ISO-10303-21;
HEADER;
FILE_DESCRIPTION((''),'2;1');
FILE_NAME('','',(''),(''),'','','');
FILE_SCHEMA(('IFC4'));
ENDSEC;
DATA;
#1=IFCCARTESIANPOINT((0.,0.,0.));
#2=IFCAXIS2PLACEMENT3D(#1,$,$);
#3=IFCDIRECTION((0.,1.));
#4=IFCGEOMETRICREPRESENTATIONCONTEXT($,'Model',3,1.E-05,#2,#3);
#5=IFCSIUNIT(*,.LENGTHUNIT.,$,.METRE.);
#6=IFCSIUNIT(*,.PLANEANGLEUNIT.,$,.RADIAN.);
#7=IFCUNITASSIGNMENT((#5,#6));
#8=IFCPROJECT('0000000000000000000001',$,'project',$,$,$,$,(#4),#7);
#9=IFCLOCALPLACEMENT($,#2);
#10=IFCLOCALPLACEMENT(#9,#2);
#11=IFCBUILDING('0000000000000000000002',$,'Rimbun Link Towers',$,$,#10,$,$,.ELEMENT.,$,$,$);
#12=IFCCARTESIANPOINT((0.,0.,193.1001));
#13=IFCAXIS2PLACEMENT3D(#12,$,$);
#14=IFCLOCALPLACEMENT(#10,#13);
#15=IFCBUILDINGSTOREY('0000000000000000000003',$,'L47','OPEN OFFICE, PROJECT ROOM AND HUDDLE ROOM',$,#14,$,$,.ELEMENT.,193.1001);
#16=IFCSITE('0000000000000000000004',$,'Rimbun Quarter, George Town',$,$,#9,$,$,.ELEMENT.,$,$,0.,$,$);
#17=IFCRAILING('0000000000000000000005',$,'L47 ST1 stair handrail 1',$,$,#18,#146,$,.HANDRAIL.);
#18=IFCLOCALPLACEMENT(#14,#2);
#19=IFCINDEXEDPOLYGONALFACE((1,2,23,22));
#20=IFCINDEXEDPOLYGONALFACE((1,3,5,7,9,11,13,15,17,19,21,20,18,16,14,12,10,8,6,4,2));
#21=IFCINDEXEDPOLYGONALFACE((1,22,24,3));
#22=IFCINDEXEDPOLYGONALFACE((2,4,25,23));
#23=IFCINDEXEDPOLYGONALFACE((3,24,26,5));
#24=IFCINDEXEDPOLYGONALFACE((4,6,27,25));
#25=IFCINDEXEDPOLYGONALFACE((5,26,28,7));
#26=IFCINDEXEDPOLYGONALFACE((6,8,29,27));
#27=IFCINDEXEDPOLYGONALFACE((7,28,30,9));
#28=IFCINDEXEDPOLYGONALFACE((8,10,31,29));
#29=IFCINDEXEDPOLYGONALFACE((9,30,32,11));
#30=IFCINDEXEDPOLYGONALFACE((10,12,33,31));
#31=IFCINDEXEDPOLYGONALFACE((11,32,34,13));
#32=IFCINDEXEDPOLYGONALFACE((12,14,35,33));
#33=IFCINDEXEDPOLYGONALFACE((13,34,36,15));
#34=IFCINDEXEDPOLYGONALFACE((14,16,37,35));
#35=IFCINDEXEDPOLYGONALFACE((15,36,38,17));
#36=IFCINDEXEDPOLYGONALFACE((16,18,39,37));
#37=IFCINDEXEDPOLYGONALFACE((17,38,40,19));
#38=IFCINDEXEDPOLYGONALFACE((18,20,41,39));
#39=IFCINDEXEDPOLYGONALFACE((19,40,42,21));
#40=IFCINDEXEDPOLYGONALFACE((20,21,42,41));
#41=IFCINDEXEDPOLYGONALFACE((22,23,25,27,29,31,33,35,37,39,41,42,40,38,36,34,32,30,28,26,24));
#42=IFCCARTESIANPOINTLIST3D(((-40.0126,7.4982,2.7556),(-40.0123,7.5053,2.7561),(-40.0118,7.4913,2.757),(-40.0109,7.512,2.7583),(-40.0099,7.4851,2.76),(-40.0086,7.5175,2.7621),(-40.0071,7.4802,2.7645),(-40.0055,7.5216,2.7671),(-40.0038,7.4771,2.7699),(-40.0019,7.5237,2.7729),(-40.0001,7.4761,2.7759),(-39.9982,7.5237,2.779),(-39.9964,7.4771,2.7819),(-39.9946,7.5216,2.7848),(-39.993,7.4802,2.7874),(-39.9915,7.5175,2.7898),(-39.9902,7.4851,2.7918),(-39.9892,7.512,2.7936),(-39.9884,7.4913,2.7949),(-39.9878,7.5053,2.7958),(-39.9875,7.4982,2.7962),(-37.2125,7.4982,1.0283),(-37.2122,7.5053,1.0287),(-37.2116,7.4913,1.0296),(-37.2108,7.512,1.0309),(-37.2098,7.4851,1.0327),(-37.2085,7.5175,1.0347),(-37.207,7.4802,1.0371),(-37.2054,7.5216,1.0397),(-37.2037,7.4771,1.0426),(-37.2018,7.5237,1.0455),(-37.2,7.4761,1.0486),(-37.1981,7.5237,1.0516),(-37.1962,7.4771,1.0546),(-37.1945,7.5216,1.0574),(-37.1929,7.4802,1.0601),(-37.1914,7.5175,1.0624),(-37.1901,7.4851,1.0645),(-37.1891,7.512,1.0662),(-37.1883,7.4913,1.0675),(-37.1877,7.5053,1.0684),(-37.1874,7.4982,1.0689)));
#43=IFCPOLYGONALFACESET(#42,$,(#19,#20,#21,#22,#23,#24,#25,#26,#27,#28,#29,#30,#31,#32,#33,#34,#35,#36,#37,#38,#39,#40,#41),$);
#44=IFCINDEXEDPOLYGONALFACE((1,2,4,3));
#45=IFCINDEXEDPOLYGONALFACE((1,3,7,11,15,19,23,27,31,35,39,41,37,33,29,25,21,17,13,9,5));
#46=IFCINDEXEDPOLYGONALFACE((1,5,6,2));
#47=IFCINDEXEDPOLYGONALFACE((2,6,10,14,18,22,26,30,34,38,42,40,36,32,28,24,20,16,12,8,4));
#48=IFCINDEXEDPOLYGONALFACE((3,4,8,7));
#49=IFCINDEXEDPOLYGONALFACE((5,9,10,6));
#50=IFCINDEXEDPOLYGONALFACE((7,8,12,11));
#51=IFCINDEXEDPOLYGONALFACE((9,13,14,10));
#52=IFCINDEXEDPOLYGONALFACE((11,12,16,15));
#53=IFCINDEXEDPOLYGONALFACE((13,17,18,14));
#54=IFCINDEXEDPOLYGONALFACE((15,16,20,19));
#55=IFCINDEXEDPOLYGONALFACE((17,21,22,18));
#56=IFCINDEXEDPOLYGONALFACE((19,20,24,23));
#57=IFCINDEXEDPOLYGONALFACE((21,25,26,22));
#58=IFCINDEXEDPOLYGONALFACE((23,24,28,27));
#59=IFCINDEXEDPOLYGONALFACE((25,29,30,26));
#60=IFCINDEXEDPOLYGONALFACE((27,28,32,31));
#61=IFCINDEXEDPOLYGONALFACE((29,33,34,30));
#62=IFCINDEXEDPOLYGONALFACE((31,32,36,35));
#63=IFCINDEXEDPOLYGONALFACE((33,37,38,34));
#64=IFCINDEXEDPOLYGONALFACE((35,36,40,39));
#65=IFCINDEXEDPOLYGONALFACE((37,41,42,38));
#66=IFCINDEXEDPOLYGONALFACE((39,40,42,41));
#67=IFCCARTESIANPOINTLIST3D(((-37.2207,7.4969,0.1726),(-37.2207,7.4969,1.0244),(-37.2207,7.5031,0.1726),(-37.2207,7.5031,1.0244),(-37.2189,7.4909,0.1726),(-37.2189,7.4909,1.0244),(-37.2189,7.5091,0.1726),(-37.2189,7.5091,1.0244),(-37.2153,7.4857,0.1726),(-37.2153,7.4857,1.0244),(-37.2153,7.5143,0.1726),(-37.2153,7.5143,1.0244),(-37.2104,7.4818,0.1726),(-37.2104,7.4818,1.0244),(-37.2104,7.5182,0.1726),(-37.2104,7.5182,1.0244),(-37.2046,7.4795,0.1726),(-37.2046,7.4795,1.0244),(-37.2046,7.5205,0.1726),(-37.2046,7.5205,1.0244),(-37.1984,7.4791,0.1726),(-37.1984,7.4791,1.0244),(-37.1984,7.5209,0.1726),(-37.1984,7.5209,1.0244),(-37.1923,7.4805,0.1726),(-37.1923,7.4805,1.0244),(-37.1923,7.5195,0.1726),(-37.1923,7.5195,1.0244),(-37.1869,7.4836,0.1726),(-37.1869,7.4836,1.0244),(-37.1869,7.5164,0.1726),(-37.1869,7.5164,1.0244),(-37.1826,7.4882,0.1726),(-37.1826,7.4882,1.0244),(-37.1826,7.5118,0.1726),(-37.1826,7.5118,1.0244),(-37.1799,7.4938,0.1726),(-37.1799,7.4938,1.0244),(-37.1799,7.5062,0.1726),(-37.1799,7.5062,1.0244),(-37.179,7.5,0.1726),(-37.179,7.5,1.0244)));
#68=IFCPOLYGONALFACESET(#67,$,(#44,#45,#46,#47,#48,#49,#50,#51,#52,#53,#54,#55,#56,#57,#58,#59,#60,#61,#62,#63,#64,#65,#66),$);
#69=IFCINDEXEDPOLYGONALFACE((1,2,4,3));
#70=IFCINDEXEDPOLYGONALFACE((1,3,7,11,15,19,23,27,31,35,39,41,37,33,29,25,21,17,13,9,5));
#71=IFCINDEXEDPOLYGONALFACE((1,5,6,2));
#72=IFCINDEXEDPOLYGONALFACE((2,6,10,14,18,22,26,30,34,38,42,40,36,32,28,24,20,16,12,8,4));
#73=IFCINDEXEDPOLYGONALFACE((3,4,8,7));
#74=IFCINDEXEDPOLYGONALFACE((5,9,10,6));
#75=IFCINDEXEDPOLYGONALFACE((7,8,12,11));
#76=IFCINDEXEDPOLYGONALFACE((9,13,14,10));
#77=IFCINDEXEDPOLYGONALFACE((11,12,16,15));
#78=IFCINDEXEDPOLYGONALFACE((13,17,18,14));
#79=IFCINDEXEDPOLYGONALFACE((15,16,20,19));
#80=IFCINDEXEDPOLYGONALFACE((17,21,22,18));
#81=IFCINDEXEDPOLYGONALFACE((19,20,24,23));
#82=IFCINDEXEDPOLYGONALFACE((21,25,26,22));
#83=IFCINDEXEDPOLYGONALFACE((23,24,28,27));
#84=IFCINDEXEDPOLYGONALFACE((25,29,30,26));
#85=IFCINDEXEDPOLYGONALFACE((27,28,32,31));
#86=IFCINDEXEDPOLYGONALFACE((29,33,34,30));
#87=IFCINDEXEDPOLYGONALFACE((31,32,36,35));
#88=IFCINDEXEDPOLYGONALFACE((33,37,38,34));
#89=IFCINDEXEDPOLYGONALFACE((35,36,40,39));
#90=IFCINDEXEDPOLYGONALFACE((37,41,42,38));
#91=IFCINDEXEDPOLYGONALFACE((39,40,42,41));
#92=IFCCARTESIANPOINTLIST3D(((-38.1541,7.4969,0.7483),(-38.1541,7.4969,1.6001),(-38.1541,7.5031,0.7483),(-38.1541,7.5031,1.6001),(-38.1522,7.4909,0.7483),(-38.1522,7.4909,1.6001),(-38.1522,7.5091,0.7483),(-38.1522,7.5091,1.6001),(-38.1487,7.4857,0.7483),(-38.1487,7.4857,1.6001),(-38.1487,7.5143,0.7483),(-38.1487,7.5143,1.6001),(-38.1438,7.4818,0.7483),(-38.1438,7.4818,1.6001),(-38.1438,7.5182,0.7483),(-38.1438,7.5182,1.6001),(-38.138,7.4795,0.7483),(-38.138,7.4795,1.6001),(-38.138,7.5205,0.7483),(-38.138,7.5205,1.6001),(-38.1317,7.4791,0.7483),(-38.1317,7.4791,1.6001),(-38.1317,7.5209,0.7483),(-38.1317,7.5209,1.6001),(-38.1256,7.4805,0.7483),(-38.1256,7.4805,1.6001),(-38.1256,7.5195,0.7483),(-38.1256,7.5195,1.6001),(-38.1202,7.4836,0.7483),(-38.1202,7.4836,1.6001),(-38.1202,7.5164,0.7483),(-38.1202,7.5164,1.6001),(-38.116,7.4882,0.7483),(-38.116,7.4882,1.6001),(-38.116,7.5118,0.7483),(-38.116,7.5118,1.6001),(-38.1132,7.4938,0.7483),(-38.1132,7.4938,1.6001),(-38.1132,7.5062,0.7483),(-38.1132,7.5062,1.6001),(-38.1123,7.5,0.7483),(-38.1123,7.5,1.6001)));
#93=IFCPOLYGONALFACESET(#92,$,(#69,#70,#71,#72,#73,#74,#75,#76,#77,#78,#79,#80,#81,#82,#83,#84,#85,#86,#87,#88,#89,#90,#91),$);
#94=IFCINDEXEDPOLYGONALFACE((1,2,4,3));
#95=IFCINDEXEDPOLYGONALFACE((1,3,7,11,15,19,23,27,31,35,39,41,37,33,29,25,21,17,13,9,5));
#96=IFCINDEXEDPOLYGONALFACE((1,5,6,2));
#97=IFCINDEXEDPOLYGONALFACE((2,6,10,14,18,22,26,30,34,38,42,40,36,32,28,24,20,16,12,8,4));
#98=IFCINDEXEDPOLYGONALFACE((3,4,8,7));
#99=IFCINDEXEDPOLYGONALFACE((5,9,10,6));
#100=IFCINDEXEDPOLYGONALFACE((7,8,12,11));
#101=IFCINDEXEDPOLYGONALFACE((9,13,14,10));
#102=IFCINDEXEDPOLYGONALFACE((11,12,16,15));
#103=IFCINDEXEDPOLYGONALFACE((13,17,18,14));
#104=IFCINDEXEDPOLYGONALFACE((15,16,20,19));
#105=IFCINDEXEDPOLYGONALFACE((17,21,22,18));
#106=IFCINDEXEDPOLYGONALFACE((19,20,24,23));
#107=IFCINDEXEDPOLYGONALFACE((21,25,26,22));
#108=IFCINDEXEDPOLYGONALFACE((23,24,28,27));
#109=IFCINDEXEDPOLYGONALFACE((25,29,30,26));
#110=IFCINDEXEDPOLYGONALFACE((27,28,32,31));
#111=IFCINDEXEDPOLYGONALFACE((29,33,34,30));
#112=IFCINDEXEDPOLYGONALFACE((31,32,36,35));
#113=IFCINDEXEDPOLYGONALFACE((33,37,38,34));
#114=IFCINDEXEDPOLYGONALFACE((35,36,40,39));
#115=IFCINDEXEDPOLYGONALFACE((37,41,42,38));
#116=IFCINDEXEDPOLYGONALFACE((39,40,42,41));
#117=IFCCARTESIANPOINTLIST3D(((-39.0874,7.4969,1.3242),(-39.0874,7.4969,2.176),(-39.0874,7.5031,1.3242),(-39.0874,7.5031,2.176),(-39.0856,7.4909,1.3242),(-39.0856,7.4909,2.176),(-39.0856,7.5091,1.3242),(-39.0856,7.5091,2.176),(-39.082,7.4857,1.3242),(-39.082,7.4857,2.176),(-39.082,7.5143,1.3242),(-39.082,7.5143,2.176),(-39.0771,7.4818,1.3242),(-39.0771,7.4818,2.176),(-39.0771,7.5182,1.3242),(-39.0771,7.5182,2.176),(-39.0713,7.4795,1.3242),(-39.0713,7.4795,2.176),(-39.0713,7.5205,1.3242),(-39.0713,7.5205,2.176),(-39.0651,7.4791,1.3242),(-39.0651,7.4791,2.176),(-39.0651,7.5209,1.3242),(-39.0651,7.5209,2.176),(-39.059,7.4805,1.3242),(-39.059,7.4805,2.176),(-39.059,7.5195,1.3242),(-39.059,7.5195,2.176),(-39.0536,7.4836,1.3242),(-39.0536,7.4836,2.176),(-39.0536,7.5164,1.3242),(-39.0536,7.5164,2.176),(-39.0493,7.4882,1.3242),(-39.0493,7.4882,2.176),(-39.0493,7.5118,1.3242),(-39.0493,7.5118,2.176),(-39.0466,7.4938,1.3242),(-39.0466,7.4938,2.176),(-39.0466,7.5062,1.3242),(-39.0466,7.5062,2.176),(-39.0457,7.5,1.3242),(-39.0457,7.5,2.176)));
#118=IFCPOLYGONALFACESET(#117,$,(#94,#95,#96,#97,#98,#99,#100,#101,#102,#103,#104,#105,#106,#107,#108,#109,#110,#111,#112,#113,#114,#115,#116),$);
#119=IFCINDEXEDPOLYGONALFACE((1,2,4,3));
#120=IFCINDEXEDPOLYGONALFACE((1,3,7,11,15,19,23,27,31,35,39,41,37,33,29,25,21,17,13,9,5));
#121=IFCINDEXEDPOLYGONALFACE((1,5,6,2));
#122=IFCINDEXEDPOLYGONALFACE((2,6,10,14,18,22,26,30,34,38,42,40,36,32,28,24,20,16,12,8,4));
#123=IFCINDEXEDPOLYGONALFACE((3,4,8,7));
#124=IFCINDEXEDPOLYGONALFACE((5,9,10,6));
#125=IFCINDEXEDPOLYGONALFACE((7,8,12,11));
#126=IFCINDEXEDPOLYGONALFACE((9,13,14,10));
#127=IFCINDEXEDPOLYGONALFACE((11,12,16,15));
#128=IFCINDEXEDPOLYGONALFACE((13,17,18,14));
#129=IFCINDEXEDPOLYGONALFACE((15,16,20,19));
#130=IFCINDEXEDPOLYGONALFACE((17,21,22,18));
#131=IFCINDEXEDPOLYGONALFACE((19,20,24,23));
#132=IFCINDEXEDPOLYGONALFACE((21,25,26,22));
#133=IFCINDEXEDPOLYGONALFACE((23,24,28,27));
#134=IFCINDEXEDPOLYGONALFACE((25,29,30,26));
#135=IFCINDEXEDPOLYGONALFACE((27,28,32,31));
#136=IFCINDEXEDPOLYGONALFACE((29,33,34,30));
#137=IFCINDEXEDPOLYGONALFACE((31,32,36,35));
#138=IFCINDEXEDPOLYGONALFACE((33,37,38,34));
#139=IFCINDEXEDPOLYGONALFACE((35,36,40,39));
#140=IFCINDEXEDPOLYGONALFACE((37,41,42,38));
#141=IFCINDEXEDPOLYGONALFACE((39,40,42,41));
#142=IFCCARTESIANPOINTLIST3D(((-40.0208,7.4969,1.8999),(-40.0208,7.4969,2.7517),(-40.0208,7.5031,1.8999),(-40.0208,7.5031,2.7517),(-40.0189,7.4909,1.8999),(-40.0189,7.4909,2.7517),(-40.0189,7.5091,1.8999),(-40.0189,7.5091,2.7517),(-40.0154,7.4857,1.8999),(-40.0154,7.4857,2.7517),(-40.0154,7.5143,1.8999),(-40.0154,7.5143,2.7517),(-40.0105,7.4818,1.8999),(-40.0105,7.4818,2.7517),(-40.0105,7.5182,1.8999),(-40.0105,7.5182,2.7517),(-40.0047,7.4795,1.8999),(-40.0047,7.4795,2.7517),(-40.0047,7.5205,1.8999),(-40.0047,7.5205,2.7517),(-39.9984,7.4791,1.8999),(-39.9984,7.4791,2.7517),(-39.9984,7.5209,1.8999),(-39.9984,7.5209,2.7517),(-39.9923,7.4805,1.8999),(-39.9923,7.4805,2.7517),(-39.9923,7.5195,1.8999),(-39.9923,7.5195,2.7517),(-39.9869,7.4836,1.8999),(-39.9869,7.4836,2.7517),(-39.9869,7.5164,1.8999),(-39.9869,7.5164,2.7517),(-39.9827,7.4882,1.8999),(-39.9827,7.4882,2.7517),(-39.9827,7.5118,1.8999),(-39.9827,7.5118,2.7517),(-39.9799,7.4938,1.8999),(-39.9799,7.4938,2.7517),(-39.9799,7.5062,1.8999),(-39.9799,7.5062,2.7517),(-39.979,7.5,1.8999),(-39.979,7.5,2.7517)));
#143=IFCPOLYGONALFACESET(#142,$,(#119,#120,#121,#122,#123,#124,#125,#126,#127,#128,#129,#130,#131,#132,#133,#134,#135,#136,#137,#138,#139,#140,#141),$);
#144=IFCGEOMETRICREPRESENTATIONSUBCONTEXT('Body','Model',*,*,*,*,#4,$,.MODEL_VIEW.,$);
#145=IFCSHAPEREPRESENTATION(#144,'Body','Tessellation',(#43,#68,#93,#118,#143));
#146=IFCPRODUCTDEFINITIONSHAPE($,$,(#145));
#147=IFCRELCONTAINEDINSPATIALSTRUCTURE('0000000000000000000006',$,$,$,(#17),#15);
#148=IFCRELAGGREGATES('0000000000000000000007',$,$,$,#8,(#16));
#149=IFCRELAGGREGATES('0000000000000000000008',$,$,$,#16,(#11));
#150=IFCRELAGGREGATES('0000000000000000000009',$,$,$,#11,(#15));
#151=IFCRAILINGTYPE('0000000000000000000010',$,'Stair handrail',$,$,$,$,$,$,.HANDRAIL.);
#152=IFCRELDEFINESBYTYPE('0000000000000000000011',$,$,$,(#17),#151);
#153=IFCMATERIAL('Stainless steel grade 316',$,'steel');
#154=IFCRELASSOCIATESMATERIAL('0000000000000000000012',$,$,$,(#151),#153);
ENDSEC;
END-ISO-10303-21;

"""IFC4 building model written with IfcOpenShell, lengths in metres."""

from ifc_helpers import new_model, si_unit, direction, frame, origin, origin_2d, place, context, subcontext, project, spatial, circle, extrude, material, type_object, element, save


model = new_model("IFC4")

# Units and contexts
model_context = context("Model", 3, precision=1e-05, world=origin(), true_north=direction((0.0, 1.0)))
body_context = subcontext(model_context, "Body", "Model", "MODEL_VIEW")
ifc_project = project(units=[si_unit("LENGTHUNIT", "METRE"), si_unit("PLANEANGLEUNIT", "RADIAN")], contexts=[model_context])

# Site, building, storey
site_placement = place(None, origin())
site = spatial("IfcSite", under=ifc_project, at=site_placement, Name="Rimbun Quarter, George Town", CompositionType="ELEMENT", RefElevation=0.0)
building_placement = place(site_placement, origin())
building = spatial("IfcBuilding", under=site, at=building_placement, Name="Rimbun Link Towers", CompositionType="ELEMENT")
storey_placement = place(building_placement, frame((0.0, 0.0, 193.1001)))
storey = spatial("IfcBuildingStorey", under=building, at=storey_placement, Name="L47", Description="OPEN OFFICE, PROJECT ROOM AND HUDDLE ROOM", CompositionType="ELEMENT", Elevation=193.1001)

# Railing
ifc_material_1 = material(Name="Stainless steel grade 316", Category="steel")
railing_type_1 = type_object("IfcRailingType", Name="Stair handrail", PredefinedType="HANDRAIL", material=ifc_material_1)
railing_1_placement = place(storey_placement, frame((-37.2, 7.5, 0.1726)))
element("IfcRailing", 1, at=railing_1_placement, inside=storey, type_object=railing_type_1, Name="L47 ST1 stair handrail 1", PredefinedType="HANDRAIL", context=body_context, shape_type="SweptSolid", body=[
    extrude(circle(Radius=0.0239, at=origin_2d()), frame((0.0, 0.0, 0.876), z_axis=(-0.85109, 0.0, 0.52502), x_axis=(0.0, -1.0, 0.0)), (0.0, 0.0, 1.0), 3.29),
    extrude(circle(Radius=0.021, at=origin_2d()), origin(), (0.0, 0.0, 1.0), 0.8518),
    extrude(circle(Radius=0.021, at=origin_2d()), frame((-0.9333, 0.0, 0.5757)), (0.0, 0.0, 1.0), 0.8518),
    extrude(circle(Radius=0.021, at=origin_2d()), frame((-1.8667, 0.0, 1.1516)), (0.0, 0.0, 1.0), 0.8518),
    extrude(circle(Radius=0.021, at=origin_2d()), frame((-2.8, 0.0, 1.7273)), (0.0, 0.0, 1.0), 0.8518),
])

save(model, "model.ifc")
